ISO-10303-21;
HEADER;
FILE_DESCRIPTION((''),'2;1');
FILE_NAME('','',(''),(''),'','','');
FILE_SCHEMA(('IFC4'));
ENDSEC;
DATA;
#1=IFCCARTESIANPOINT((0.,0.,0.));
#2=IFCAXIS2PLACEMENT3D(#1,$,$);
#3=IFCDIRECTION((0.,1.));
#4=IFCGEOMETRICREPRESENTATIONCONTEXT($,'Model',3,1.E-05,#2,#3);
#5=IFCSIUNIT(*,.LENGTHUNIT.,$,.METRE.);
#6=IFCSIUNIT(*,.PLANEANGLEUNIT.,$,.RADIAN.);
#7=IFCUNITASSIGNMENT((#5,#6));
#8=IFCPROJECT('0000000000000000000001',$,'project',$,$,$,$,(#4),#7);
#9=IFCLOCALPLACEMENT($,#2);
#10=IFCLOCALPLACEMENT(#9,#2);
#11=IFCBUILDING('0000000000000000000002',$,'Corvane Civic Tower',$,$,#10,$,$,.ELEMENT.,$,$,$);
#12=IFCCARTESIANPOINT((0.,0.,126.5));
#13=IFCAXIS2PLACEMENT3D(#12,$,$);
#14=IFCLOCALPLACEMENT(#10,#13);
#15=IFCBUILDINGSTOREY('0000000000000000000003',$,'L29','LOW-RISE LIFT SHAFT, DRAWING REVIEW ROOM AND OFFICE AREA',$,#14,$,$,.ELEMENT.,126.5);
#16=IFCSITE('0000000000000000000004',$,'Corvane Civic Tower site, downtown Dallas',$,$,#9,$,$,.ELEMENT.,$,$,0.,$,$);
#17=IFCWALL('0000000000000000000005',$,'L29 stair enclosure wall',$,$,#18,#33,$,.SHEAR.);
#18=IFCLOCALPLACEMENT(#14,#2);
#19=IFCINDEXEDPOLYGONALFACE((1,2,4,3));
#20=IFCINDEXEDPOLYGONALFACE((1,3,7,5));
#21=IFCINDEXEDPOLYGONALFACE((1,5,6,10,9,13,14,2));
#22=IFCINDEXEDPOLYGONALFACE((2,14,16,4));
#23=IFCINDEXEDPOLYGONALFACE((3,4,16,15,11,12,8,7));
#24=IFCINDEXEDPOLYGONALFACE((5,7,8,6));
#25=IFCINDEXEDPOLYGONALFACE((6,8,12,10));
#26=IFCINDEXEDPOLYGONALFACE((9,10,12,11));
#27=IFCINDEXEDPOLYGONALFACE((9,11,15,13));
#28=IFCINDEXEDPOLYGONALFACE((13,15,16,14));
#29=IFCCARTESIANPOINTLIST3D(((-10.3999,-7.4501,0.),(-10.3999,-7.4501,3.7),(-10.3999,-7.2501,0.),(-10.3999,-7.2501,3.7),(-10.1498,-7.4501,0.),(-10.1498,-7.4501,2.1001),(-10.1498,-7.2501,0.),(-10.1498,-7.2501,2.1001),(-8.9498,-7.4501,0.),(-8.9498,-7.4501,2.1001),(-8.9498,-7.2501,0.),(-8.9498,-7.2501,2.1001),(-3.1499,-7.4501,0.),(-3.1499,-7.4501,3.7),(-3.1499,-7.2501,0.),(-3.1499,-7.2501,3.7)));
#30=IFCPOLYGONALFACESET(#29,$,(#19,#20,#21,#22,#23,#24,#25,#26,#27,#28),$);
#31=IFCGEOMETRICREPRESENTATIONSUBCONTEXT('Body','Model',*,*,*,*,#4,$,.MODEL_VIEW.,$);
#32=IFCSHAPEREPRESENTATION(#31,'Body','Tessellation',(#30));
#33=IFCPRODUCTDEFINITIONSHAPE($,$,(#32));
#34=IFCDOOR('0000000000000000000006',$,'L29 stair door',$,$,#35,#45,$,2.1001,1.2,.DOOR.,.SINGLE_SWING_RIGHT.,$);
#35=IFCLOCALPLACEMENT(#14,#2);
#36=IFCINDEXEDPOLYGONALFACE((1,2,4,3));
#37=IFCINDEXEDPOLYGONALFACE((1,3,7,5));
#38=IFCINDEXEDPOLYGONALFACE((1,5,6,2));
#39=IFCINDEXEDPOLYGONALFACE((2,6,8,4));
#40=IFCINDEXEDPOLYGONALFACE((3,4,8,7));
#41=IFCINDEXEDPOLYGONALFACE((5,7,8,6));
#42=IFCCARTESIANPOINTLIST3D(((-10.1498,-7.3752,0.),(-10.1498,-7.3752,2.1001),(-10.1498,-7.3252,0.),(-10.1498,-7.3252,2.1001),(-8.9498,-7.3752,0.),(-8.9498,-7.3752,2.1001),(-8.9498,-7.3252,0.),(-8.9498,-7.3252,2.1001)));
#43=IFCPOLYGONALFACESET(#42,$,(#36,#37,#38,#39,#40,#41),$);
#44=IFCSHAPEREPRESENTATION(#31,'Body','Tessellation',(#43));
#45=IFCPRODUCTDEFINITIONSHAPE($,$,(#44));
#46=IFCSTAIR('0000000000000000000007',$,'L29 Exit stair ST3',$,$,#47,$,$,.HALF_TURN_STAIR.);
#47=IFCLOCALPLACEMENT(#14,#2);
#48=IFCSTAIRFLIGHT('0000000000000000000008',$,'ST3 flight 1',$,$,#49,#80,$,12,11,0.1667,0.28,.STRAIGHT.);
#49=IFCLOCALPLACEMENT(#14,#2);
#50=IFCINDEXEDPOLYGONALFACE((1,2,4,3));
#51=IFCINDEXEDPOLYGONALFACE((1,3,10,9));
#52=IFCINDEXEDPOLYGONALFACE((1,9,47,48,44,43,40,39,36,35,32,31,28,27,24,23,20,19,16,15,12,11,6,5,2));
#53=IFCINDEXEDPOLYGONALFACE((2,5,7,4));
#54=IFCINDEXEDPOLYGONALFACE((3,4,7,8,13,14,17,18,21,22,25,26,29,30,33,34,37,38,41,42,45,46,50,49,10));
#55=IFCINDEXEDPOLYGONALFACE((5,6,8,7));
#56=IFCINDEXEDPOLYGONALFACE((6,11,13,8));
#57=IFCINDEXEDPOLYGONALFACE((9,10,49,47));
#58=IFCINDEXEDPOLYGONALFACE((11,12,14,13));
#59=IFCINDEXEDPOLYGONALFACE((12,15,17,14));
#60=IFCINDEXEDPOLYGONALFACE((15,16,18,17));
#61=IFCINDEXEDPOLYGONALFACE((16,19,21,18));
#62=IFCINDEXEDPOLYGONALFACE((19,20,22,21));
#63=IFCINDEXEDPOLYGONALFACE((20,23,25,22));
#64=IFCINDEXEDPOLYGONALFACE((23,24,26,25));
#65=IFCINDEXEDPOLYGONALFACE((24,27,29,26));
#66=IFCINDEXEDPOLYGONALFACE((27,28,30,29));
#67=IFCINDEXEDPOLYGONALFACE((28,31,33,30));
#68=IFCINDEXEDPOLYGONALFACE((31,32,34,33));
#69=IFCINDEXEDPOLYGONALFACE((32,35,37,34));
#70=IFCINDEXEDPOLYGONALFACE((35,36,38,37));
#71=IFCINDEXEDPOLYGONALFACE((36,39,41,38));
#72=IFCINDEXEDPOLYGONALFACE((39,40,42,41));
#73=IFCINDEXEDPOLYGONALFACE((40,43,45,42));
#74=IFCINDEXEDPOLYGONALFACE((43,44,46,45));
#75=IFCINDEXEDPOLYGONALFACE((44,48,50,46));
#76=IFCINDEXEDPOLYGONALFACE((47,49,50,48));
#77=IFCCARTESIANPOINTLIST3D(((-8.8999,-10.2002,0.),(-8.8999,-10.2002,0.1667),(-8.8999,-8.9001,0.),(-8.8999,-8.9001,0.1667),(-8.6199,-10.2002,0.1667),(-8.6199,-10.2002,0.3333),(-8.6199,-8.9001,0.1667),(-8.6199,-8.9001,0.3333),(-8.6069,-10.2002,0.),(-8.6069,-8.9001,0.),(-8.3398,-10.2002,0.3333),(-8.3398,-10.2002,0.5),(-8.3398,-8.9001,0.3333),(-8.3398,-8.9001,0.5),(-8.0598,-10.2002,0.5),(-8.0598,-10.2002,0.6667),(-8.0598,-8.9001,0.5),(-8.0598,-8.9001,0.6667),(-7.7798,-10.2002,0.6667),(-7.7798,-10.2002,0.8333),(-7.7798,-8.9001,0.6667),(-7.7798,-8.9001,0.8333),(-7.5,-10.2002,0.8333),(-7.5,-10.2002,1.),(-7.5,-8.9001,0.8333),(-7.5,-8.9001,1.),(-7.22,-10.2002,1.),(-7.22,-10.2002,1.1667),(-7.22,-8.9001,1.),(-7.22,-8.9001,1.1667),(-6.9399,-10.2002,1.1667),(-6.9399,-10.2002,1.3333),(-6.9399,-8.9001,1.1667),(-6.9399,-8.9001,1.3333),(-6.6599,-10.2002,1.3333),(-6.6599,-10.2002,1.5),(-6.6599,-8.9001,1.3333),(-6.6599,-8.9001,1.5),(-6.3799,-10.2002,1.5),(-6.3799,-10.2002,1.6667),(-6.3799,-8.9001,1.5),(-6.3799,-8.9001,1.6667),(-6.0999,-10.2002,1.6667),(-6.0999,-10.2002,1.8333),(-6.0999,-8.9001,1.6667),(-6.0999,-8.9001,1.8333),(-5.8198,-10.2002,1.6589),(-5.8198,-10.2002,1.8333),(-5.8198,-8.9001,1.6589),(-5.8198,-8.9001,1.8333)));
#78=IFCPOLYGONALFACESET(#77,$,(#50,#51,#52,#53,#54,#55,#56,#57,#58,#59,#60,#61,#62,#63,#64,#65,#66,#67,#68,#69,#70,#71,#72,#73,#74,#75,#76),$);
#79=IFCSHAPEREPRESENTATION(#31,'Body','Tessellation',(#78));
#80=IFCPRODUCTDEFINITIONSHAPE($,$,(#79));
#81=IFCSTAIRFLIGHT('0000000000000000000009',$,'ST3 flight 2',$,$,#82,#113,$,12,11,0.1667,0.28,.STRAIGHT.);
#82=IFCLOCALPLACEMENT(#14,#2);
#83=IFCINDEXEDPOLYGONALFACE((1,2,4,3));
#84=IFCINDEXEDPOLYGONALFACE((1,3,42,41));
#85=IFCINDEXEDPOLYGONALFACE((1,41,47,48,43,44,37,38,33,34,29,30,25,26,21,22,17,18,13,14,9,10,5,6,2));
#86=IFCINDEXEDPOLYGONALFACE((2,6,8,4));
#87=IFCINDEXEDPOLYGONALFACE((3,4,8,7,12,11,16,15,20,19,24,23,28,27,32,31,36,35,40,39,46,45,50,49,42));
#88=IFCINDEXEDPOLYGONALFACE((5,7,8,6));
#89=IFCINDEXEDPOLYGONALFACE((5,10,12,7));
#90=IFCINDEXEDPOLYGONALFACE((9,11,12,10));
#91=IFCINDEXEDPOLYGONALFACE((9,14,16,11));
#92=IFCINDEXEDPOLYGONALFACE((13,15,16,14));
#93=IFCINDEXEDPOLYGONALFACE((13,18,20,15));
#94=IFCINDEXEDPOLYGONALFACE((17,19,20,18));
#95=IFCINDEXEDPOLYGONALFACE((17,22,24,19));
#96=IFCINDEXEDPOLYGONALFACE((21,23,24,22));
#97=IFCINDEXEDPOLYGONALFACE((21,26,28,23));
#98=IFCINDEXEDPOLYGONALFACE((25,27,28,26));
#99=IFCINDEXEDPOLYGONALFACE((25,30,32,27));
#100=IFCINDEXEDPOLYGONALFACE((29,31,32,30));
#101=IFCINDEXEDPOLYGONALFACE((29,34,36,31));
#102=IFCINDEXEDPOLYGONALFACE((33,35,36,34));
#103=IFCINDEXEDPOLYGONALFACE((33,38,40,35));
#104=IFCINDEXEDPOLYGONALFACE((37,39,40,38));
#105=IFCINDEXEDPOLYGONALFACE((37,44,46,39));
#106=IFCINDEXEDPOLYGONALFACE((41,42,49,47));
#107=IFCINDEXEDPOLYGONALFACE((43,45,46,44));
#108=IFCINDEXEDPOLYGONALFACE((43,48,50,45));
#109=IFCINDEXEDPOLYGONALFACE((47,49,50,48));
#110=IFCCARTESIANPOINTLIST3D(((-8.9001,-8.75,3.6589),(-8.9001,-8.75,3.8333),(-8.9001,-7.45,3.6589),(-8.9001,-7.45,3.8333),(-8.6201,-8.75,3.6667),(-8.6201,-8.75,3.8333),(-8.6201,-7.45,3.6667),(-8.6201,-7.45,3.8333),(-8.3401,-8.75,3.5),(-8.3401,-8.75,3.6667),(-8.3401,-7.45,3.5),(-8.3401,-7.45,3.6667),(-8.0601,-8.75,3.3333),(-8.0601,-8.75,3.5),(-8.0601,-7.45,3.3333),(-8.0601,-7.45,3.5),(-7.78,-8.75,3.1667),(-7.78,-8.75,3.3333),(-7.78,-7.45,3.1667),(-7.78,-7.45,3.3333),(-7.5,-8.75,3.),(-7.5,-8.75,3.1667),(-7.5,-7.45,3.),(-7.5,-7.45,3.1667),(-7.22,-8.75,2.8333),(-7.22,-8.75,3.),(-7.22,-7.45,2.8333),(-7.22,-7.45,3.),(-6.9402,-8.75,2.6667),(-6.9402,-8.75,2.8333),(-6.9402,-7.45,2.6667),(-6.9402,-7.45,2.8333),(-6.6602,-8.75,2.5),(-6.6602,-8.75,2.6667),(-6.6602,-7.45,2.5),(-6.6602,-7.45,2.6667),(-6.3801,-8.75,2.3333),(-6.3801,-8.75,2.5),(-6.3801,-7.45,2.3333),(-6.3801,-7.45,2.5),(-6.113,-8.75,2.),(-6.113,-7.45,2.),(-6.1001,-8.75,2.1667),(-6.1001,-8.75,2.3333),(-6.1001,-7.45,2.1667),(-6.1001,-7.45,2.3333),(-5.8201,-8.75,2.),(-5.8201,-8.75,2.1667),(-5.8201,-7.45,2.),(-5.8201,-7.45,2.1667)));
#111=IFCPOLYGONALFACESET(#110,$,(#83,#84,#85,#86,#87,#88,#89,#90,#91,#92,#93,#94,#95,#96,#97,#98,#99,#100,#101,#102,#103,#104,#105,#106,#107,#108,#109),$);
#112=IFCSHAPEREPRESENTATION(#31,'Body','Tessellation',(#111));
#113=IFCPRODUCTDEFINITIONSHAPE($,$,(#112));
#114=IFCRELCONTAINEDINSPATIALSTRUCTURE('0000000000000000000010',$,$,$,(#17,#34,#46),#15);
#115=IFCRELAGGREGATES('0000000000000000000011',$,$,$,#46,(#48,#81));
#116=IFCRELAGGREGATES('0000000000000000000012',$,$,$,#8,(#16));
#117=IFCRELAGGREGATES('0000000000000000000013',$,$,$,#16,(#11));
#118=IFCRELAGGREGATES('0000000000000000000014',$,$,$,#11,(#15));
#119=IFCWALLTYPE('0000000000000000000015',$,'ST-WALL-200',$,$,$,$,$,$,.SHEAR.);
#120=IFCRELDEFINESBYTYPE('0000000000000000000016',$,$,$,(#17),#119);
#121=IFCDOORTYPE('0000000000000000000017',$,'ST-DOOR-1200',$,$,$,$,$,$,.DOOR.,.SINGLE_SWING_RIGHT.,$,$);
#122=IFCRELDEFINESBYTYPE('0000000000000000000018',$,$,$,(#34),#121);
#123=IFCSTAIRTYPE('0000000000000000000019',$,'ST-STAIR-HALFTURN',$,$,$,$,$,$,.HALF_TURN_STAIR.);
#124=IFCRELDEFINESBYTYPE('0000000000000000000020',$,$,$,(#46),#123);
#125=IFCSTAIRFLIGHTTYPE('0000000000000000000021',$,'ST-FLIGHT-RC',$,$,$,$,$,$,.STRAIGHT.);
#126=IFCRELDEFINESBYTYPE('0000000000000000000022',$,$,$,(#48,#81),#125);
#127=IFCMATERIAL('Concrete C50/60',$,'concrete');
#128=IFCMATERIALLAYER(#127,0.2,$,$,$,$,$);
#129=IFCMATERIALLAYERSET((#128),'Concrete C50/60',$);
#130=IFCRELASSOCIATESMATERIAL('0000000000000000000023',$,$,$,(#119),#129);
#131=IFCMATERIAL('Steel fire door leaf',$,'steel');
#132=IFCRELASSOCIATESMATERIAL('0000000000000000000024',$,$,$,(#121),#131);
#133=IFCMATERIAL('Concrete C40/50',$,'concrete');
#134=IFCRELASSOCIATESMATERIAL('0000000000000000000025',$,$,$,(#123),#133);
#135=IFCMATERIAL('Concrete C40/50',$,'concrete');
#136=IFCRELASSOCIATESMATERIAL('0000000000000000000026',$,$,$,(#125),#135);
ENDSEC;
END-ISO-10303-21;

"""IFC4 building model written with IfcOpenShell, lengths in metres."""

from ifc_helpers import new_model, si_unit, direction, frame, frame_2d, origin, place, context, subcontext, project, spatial, polyline, rectangle, outline, extrude, material, layer, layer_set, type_object, element, fill, aggregate, save


model = new_model("IFC4")

# Units and contexts
model_context = context("Model", 3, precision=1e-05, world=origin(), true_north=direction((0.0, 1.0)))
body_context = subcontext(model_context, "Body", "Model", "MODEL_VIEW")
ifc_project = project(units=[si_unit("LENGTHUNIT", "METRE"), si_unit("PLANEANGLEUNIT", "RADIAN")], contexts=[model_context])

# Site, building, storey
site_placement = place(None, origin())
site = spatial("IfcSite", under=ifc_project, at=site_placement, Name="Corvane Civic Tower site, downtown Dallas", CompositionType="ELEMENT", RefElevation=0.0)
building_placement = place(site_placement, origin())
building = spatial("IfcBuilding", under=site, at=building_placement, Name="Corvane Civic Tower", CompositionType="ELEMENT")
storey_placement = place(building_placement, frame((0.0, 0.0, 126.5)))
storey = spatial("IfcBuildingStorey", under=building, at=storey_placement, Name="L29", Description="LOW-RISE LIFT SHAFT, DRAWING REVIEW ROOM AND OFFICE AREA", CompositionType="ELEMENT", Elevation=126.5)

# Wall, opening, door
ifc_material_1 = material(Name="Concrete C50/60", Category="concrete")
ifc_layer_1 = layer(ifc_material_1, 0.2)
ifc_layer_set_1 = layer_set([ifc_layer_1], Name="Concrete C50/60")
wall_type_1 = type_object("IfcWallType", Name="ST-WALL-200", PredefinedType="SHEAR", material=ifc_layer_set_1)
wall_1_placement = place(storey_placement, frame((-10.3999, -7.3501, 0.0), z_axis=(0.0, 0.0, 1.0), x_axis=(1.0, 0.0, 0.0)))
wall_1 = element("IfcWall", 1, at=wall_1_placement, inside=storey, type_object=wall_type_1, Name="L29 stair enclosure wall", PredefinedType="SHEAR", context=body_context, shape_type="SweptSolid", body=[
    extrude(rectangle(XDim=7.25, YDim=0.2, at=frame_2d((3.625, 0.0))), origin(), (0.0, 0.0, 1.0), 3.7),
])
opening_1_placement = place(wall_1_placement, frame((0.25, 0.0, 0.0)))
opening_1 = element("IfcOpeningElement", 2, at=opening_1_placement, cuts=wall_1, PredefinedType="OPENING", context=body_context, shape_type="SweptSolid", body=[
    extrude(rectangle(XDim=1.2, YDim=2.1001, at=frame_2d((0.6001, 1.05))), frame((0.0, 0.1099, 0.0), z_axis=(0.0, -1.0, 0.0), x_axis=(1.0, 0.0, 0.0)), (0.0, 0.0, 1.0), 0.22),
])
ifc_material_2 = material(Name="Steel fire door leaf", Category="steel")
door_type_1 = type_object("IfcDoorType", Name="ST-DOOR-1200", OperationType="SINGLE_SWING_RIGHT", PredefinedType="DOOR", material=ifc_material_2)
door_1_placement = place(opening_1_placement, origin())
door_1 = element("IfcDoor", 3, at=door_1_placement, inside=storey, type_object=door_type_1, Name="L29 stair door", OperationType="SINGLE_SWING_RIGHT", OverallHeight=2.1001, OverallWidth=1.2, PredefinedType="DOOR", context=body_context, shape_type="SweptSolid", body=[
    extrude(rectangle(XDim=1.2, YDim=2.1001, at=frame_2d((0.6001, 1.05))), frame((0.0, 0.0249, 0.0), z_axis=(0.0, -1.0, 0.0), x_axis=(1.0, 0.0, 0.0)), (0.0, 0.0, 1.0), 0.05),
])
fill(opening_1, door_1)

# Stair, stair flights
ifc_material_3 = material(Name="Concrete C40/50", Category="concrete")
stair_type = type_object("IfcStairType", Name="ST-STAIR-HALFTURN", PredefinedType="HALF_TURN_STAIR", material=ifc_material_3)
stair_placement = place(storey_placement, origin())
stair = element("IfcStair", 4, at=stair_placement, inside=storey, type_object=stair_type, Name="L29 Exit stair ST3", PredefinedType="HALF_TURN_STAIR")
ifc_material_4 = material(Name="Concrete C40/50", Category="concrete")
stair_flight_type = type_object("IfcStairFlightType", Name="ST-FLIGHT-RC", PredefinedType="STRAIGHT", material=ifc_material_4)
stair_flight_1_placement = place(storey_placement, frame((-8.8999, -9.55, 0.0), z_axis=(0.0, 0.0, 1.0), x_axis=(1.0, 0.0, 0.0)))
stair_flight_1 = element("IfcStairFlight", 5, at=stair_flight_1_placement, type_object=stair_flight_type, Name="ST3 flight 1", NumberOfRisers=12, NumberOfTreads=11, PredefinedType="STRAIGHT", RiserHeight=0.1667, TreadLength=0.28, context=body_context, shape_type="SweptSolid", body=[
    extrude(outline(polyline([(0.0, 0.0), (0.0, 0.1667), (0.28, 0.1667), (0.28, 0.3333), (0.5601, 0.3333), (0.5601, 0.5), (0.8401, 0.5), (0.8401, 0.6667), (1.1201, 0.6667), (1.1201, 0.8333), (1.3999, 0.8333), (1.3999, 1.0), (1.6799, 1.0), (1.6799, 1.1667), (1.96, 1.1667), (1.96, 1.3333), (2.24, 1.3333), (2.24, 1.5), (2.52, 1.5), (2.52, 1.6667), (2.8, 1.6667), (2.8, 1.8333), (3.0801, 1.8333), (3.0801, 2.0), (3.0801, 1.6589), (0.293, 0.0), (0.0, 0.0)])), frame((0.0, 0.6499, 0.0), z_axis=(0.0, -1.0, 0.0), x_axis=(1.0, 0.0, 0.0)), (0.0, 0.0, 1.0), 1.3),
])
stair_flight_2_placement = place(storey_placement, frame((-5.8201, -8.1001, 2.0), z_axis=(0.0, 0.0, 1.0), x_axis=(-1.0, 0.0, 0.0)))
stair_flight_2 = element("IfcStairFlight", 6, at=stair_flight_2_placement, type_object=stair_flight_type, Name="ST3 flight 2", NumberOfRisers=12, NumberOfTreads=11, PredefinedType="STRAIGHT", RiserHeight=0.1667, TreadLength=0.28, context=body_context, shape_type="SweptSolid", body=[
    extrude(outline(polyline([(0.0, 0.0), (0.0, 0.1667), (0.28, 0.1667), (0.28, 0.3333), (0.5601, 0.3333), (0.5601, 0.5), (0.8401, 0.5), (0.8401, 0.6667), (1.1201, 0.6667), (1.1201, 0.8333), (1.3999, 0.8333), (1.3999, 1.0), (1.6799, 1.0), (1.6799, 1.1667), (1.96, 1.1667), (1.96, 1.3333), (2.24, 1.3333), (2.24, 1.5), (2.52, 1.5), (2.52, 1.6667), (2.8, 1.6667), (2.8, 1.8333), (3.0801, 1.8333), (3.0801, 2.0), (3.0801, 1.6589), (0.293, 0.0), (0.0, 0.0)])), frame((0.0, 0.6499, 0.0), z_axis=(0.0, -1.0, 0.0), x_axis=(1.0, 0.0, 0.0)), (0.0, 0.0, 1.0), 1.3),
])
aggregate(stair, [stair_flight_1, stair_flight_2])

save(model, "model.ifc")
